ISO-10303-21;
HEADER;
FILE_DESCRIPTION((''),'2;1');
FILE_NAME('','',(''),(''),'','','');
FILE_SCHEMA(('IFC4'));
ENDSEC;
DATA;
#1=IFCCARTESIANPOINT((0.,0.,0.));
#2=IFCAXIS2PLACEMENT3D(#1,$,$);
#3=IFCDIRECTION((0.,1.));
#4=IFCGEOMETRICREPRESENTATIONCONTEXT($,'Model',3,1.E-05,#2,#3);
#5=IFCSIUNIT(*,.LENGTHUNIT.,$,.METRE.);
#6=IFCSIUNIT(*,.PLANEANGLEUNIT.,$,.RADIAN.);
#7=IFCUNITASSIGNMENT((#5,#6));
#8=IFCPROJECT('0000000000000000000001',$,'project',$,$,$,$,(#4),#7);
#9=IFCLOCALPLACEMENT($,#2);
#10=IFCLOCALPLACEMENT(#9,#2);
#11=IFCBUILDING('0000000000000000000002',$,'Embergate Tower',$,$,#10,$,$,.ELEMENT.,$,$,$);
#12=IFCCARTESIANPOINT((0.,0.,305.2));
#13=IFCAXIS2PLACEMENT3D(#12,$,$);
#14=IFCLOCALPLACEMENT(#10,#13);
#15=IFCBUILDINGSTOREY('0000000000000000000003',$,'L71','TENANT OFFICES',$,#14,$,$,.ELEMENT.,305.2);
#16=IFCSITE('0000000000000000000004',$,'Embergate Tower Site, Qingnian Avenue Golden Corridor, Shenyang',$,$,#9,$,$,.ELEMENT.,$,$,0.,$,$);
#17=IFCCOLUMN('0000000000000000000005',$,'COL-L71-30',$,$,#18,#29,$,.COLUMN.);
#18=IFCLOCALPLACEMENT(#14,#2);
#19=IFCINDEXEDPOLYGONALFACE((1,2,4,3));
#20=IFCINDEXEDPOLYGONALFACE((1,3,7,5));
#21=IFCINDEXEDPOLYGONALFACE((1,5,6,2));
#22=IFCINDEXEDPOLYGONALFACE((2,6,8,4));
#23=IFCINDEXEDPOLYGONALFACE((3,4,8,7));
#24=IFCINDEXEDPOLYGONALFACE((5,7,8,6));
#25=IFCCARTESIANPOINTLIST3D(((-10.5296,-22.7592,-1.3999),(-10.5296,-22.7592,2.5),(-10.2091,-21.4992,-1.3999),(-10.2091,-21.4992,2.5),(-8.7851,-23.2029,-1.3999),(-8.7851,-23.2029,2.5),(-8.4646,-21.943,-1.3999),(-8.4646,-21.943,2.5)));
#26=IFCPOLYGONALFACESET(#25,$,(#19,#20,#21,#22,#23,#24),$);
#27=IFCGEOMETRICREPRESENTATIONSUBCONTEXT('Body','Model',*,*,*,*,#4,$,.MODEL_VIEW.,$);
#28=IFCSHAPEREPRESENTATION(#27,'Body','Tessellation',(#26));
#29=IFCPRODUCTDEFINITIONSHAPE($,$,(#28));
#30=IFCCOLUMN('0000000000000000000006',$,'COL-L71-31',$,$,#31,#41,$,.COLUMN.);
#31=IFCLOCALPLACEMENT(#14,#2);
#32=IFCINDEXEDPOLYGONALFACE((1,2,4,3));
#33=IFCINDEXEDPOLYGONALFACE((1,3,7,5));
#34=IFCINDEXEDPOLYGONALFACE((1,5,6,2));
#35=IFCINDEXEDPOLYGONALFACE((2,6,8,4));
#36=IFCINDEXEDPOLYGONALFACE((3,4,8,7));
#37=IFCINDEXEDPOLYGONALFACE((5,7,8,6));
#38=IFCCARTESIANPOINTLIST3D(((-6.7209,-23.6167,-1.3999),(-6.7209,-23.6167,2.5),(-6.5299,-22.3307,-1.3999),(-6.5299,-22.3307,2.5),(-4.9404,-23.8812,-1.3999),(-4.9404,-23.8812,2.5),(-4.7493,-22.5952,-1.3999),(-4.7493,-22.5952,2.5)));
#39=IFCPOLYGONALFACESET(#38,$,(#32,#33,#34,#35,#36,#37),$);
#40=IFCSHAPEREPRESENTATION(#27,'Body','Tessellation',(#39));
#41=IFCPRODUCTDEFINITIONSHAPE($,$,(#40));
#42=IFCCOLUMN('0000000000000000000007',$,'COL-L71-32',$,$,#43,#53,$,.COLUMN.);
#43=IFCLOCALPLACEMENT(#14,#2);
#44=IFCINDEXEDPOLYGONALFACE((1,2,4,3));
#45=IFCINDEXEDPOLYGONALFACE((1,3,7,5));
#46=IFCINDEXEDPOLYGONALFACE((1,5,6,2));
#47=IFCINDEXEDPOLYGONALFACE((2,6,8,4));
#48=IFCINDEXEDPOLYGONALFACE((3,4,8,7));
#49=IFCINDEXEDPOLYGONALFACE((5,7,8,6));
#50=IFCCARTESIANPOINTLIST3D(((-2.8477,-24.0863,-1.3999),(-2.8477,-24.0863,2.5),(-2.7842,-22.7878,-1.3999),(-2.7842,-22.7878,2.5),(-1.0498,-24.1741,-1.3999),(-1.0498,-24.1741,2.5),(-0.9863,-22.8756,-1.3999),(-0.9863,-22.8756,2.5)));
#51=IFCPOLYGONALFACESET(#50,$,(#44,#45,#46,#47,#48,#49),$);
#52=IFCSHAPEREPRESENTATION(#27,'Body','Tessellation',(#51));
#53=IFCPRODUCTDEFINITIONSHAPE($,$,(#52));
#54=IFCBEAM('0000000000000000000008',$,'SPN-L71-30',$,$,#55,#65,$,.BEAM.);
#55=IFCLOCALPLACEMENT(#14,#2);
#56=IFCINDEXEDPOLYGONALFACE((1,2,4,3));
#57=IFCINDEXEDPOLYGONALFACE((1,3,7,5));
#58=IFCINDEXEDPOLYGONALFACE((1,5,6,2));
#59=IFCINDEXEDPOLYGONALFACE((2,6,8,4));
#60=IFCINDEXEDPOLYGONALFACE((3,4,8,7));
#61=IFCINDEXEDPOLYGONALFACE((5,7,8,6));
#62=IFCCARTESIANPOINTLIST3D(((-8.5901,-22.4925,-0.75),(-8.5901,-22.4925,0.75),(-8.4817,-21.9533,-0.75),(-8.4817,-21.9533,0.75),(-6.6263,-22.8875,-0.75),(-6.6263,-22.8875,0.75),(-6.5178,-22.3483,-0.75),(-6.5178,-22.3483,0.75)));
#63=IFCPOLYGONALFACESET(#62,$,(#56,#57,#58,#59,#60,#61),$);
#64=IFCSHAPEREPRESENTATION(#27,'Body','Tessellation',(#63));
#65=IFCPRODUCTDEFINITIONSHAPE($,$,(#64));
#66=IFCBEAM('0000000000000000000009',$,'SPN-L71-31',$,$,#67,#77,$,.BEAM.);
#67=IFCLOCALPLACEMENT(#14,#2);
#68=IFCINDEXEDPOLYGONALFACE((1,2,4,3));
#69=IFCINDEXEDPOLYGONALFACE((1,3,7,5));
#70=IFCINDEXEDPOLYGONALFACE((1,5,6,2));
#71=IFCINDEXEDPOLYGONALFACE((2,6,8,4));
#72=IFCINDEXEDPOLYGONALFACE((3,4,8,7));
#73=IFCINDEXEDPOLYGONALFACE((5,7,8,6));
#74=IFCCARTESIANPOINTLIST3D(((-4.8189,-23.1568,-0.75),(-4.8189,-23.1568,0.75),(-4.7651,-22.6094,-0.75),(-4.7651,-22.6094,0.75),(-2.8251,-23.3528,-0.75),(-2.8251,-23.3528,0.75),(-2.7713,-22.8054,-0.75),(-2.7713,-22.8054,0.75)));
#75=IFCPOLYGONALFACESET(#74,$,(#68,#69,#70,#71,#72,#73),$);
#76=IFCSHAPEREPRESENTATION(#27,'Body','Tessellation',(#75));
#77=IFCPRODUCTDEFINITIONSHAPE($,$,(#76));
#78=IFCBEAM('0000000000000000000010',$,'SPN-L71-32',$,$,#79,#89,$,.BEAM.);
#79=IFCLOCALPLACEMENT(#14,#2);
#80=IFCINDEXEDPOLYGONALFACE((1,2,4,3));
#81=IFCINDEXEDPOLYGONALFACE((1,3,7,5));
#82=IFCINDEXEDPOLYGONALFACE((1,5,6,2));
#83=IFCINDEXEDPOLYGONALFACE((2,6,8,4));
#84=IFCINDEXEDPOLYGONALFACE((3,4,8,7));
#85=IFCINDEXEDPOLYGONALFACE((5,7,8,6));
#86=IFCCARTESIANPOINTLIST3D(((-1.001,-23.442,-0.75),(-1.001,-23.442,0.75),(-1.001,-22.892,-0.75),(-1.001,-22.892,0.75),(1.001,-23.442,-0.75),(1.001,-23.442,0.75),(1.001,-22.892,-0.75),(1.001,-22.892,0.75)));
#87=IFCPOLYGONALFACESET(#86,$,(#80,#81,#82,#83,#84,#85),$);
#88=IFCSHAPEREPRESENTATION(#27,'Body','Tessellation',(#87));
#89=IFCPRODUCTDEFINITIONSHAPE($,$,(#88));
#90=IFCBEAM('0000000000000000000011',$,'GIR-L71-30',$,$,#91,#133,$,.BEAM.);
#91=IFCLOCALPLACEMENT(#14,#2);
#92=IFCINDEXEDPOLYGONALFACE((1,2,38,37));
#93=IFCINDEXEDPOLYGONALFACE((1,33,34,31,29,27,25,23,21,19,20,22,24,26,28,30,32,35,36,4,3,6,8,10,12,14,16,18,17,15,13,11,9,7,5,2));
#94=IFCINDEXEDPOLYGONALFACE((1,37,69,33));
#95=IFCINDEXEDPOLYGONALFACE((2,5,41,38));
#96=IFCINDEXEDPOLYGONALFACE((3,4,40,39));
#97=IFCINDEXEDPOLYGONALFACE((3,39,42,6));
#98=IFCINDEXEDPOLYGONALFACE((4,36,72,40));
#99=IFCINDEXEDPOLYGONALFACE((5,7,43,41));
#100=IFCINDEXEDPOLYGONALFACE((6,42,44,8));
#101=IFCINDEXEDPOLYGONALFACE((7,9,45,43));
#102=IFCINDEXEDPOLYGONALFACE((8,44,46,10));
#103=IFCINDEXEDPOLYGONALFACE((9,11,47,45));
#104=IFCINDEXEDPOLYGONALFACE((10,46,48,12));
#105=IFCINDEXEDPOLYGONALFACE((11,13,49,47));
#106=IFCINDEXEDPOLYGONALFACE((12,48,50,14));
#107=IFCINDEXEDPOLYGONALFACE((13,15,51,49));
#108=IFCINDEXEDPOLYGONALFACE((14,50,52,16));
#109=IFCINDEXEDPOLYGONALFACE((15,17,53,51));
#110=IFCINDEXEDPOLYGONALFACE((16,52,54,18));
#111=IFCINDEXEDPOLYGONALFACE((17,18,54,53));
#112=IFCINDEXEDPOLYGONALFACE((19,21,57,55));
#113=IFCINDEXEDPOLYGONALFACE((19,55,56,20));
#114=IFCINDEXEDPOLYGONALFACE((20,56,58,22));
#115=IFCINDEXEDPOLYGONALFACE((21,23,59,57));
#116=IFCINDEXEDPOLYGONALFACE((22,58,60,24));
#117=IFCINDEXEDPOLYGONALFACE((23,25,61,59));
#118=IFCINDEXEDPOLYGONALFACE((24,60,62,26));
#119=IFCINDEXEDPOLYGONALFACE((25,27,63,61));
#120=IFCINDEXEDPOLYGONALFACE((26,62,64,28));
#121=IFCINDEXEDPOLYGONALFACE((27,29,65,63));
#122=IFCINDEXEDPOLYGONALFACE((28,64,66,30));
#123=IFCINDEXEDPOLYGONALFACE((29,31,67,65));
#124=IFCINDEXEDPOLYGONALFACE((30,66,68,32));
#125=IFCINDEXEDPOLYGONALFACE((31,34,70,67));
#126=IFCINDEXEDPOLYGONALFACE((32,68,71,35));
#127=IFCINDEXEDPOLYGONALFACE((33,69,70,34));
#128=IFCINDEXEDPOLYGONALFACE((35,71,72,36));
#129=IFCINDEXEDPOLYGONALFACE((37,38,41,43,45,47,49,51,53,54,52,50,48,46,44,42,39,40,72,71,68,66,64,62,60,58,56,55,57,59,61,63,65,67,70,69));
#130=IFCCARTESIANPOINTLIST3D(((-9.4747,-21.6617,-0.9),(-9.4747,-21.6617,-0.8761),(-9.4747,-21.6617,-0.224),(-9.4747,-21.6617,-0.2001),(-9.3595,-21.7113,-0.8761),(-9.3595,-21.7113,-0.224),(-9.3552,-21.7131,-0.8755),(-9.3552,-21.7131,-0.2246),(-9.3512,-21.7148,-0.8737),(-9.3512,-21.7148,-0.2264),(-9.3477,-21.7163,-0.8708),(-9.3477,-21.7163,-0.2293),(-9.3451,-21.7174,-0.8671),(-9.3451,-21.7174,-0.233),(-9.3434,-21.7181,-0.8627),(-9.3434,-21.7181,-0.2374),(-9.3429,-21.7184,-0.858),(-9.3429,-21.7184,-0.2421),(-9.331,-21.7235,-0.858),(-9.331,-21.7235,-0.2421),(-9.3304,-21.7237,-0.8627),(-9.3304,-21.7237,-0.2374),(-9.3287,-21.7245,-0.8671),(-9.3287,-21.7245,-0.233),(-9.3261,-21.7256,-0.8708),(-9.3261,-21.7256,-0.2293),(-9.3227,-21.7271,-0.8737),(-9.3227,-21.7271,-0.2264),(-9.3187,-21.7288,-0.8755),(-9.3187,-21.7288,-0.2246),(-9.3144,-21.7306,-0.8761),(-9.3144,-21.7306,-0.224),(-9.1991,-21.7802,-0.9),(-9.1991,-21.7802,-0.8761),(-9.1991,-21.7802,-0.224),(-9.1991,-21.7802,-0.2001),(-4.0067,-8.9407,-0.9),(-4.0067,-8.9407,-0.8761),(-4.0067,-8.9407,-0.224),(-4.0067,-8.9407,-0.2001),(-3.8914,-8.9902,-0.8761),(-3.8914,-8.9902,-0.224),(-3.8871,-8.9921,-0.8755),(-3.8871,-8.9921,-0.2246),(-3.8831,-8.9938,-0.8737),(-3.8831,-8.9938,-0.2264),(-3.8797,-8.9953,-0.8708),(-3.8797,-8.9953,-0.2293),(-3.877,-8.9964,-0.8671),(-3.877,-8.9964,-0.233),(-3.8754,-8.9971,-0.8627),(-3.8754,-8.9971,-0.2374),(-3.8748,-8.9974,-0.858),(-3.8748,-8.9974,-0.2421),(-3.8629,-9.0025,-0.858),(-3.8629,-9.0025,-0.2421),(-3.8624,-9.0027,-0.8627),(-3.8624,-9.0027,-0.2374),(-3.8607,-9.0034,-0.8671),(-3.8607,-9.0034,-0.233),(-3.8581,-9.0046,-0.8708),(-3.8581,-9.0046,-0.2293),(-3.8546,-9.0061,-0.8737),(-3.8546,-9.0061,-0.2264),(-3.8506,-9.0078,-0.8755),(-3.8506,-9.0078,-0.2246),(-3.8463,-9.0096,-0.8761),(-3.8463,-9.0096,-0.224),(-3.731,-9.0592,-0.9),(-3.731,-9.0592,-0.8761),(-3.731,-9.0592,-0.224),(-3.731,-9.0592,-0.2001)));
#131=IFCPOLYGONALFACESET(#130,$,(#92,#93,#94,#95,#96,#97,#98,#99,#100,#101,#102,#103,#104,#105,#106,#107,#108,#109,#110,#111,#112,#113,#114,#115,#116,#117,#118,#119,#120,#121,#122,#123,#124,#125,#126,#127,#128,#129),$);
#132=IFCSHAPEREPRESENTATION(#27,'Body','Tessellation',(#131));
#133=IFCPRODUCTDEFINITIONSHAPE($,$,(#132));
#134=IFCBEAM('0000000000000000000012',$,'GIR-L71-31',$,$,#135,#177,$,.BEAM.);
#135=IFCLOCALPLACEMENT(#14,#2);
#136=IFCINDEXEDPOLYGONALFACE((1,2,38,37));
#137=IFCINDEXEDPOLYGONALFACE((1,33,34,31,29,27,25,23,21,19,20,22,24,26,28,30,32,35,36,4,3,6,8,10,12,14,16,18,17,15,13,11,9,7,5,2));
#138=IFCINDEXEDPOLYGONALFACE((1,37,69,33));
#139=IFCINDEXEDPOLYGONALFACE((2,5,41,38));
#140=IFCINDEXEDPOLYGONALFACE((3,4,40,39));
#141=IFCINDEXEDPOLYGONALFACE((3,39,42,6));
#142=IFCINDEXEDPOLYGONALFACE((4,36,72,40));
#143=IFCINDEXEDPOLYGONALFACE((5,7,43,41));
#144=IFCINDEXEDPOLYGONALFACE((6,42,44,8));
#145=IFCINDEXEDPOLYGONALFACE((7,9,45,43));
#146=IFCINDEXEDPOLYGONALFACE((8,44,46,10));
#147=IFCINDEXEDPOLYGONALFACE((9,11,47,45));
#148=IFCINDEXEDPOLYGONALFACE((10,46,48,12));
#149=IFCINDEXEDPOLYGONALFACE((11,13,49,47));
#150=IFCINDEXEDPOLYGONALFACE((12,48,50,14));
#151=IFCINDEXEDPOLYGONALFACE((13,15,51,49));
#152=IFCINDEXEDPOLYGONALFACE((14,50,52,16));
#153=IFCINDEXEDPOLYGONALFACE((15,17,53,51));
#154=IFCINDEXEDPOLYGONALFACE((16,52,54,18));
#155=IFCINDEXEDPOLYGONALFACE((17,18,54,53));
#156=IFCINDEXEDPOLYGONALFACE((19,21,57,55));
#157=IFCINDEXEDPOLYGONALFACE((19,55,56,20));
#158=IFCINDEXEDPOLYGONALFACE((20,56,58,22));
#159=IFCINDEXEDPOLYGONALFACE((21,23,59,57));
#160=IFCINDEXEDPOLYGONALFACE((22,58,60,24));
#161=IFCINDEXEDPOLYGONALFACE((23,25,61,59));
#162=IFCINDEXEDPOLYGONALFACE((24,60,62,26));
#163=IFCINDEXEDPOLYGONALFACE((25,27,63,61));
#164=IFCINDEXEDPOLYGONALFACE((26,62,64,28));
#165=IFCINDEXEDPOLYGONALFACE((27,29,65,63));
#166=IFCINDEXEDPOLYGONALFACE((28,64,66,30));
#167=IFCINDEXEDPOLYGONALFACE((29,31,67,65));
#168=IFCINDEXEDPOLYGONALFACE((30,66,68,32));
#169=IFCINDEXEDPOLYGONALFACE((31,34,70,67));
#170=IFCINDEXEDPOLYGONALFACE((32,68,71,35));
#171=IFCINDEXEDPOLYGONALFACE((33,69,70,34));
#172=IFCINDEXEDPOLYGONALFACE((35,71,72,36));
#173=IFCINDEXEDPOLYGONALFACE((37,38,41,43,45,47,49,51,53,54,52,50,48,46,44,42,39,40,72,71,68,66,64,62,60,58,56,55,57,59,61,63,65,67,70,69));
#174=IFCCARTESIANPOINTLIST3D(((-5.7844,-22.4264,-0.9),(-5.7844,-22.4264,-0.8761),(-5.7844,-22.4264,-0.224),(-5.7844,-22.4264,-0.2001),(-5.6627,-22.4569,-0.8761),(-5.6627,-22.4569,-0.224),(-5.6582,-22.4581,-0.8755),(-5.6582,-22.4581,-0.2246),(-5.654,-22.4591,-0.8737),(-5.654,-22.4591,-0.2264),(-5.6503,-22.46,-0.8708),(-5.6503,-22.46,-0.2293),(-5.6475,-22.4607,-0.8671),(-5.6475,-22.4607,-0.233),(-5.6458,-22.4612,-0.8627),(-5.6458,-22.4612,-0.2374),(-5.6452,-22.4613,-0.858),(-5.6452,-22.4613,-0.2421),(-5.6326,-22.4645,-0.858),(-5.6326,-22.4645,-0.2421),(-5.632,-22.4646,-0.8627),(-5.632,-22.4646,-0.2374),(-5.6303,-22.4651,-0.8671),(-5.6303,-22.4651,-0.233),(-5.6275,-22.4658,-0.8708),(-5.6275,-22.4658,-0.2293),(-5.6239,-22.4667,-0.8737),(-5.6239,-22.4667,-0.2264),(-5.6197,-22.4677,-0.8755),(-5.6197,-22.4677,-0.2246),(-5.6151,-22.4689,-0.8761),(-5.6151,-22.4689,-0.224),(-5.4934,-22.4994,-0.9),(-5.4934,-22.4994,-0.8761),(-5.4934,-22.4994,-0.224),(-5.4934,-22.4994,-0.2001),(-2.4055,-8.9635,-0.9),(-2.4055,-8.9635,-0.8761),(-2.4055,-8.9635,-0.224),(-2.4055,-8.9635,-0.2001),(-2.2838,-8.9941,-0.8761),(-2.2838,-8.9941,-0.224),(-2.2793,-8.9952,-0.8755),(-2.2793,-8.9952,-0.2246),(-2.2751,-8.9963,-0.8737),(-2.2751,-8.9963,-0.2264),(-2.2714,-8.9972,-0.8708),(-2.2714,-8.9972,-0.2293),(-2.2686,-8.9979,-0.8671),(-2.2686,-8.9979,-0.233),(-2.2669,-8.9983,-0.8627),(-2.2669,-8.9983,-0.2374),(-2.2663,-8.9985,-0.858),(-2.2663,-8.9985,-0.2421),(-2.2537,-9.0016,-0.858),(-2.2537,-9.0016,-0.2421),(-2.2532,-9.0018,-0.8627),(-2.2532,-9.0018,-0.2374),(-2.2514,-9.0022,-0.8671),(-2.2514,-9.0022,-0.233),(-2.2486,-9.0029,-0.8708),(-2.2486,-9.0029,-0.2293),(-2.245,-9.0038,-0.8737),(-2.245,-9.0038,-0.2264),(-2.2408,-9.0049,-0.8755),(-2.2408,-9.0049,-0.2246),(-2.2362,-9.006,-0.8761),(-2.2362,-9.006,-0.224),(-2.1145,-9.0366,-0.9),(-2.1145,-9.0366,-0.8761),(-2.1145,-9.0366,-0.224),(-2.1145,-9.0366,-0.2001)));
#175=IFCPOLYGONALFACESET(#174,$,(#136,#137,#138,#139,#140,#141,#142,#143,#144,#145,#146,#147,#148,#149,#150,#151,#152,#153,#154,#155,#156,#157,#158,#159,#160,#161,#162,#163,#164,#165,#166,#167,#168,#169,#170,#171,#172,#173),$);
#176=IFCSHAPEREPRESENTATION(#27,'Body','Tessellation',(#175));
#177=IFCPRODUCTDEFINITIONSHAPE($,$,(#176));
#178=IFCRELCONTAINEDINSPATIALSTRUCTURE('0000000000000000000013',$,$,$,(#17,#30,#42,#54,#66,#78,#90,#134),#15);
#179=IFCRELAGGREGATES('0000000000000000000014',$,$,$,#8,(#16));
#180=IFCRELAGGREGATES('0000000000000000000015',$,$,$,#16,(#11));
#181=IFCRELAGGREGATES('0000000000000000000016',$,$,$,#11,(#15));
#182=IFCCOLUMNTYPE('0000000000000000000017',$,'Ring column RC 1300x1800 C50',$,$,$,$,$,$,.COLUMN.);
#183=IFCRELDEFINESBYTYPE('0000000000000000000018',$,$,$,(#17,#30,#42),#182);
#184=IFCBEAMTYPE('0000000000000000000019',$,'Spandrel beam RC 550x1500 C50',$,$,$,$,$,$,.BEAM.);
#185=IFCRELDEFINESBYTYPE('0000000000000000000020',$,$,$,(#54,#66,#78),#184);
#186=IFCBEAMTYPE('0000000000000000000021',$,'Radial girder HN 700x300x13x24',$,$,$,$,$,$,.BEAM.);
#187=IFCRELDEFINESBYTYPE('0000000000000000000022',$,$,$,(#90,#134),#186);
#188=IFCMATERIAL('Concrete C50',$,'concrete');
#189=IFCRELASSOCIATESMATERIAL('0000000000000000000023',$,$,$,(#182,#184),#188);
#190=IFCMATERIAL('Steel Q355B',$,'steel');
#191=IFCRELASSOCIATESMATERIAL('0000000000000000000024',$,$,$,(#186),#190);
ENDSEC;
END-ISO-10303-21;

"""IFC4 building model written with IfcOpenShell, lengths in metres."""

from ifc_helpers import new_model, si_unit, direction, frame, origin, origin_2d, place, context, subcontext, project, spatial, rectangle, i_section, extrude, source, transform, mapped, material, material_profile, profile_set, type_object, element, save


model = new_model("IFC4")

# Units and contexts
model_context = context("Model", 3, precision=1e-05, world=origin(), true_north=direction((0.0, 1.0)))
body_context = subcontext(model_context, "Body", "Model", "MODEL_VIEW")
ifc_project = project(units=[si_unit("LENGTHUNIT", "METRE"), si_unit("PLANEANGLEUNIT", "RADIAN")], contexts=[model_context])

# Site, building, storey
site_placement = place(None, origin())
site = spatial("IfcSite", under=ifc_project, at=site_placement, Name="Embergate Tower Site, Qingnian Avenue Golden Corridor, Shenyang", CompositionType="ELEMENT", RefElevation=0.0)
building_placement = place(site_placement, origin())
building = spatial("IfcBuilding", under=site, at=building_placement, Name="Embergate Tower", CompositionType="ELEMENT")
storey_placement = place(building_placement, frame((0.0, 0.0, 305.2)))
storey = spatial("IfcBuildingStorey", under=building, at=storey_placement, Name="L71", Description="TENANT OFFICES", CompositionType="ELEMENT", Elevation=305.2)

# Columns
ifc_material_1 = material(Name="Concrete C50", Category="concrete")
ifc_material_profile_1 = material_profile(ifc_material_1, rectangle(XDim=1.3, YDim=1.8, at=origin_2d()), Name="RC 1300x1800")
ifc_profile_set_1 = profile_set([ifc_material_profile_1], Name="Concrete C50")
column_type = type_object("IfcColumnType", Name="Ring column RC 1300x1800 C50", PredefinedType="COLUMN", material=ifc_profile_set_1)
shared_shape_1 = source(origin(), body_context, "Body", "SweptSolid", [
    extrude(rectangle(XDim=1.3, YDim=1.8, at=origin_2d()), origin(), (0.0, 0.0, 1.0), 3.8999),
])
for number, where, z_axis, x_axis, name in (
    (1, (-9.4971, -22.3511, -1.3999), (0.0, 0.0, 1.0), (-0.246509, -0.969141, 0.0), "COL-L71-30"),
    (2, (-5.7351, -23.106, -1.3999), (0.0, 0.0, 1.0), (-0.146929, -0.989147, 0.0), "COL-L71-31"),
    (3, (-1.917, -23.481, -1.3999), (0.0, 0.0, 1.0), (-0.048815, -0.998808, 0.0), "COL-L71-32"),
):
    element("IfcColumn", number, at=place(storey_placement, frame(where, z_axis=z_axis, x_axis=x_axis)), inside=storey, type_object=column_type, Name=name, PredefinedType="COLUMN", context=body_context, shape_type="MappedRepresentation", body=[
        mapped(shared_shape_1, transform((0.0, 0.0, 0.0))),
    ])

# Beams
ifc_material_profile_2 = material_profile(ifc_material_1, rectangle(XDim=0.55, YDim=1.5, at=origin_2d()), Name="RC 550x1500")
ifc_profile_set_2 = profile_set([ifc_material_profile_2], Name="Concrete C50")
beam_type_1 = type_object("IfcBeamType", Name="Spandrel beam RC 550x1500 C50", PredefinedType="BEAM", material=ifc_profile_set_2)
shared_shape_2 = source(origin(), body_context, "Body", "SweptSolid", [
    extrude(rectangle(XDim=0.55, YDim=1.5, at=origin_2d()), origin(), (0.0, 0.0, 1.0), 2.0032),
])
beam_1_placement = place(storey_placement, frame((-8.5359, -22.2229, 0.0), z_axis=(0.980364, -0.197194, 0.0), x_axis=(0.197194, 0.980364, 0.0)))
element("IfcBeam", 4, at=beam_1_placement, inside=storey, type_object=beam_type_1, Name="SPN-L71-30", PredefinedType="BEAM", context=body_context, shape_type="MappedRepresentation", body=[
    mapped(shared_shape_2, transform((0.0, 0.0, 0.0))),
])
shared_shape_3 = source(origin(), body_context, "Body", "SweptSolid", [
    extrude(rectangle(XDim=0.55, YDim=1.5, at=origin_2d()), origin(), (0.0, 0.0, 1.0), 2.0034),
])
beam_2_placement = place(storey_placement, frame((-4.792, -22.8831, 0.0), z_axis=(0.995201, -0.097851, 0.0), x_axis=(0.097851, 0.995201, 0.0)))
element("IfcBeam", 5, at=beam_2_placement, inside=storey, type_object=beam_type_1, Name="SPN-L71-31", PredefinedType="BEAM", context=body_context, shape_type="MappedRepresentation", body=[
    mapped(shared_shape_3, transform((0.0, 0.0, 0.0))),
])
shared_shape_4 = source(origin(), body_context, "Body", "SweptSolid", [
    extrude(rectangle(XDim=0.55, YDim=1.5, at=origin_2d()), origin(), (0.0, 0.0, 1.0), 2.002),
])
beam_3_placement = place(storey_placement, frame((-1.001, -23.167, 0.0), z_axis=(1.0, 0.0, 0.0), x_axis=(0.0, 1.0, 0.0)))
element("IfcBeam", 6, at=beam_3_placement, inside=storey, type_object=beam_type_1, Name="SPN-L71-32", PredefinedType="BEAM", context=body_context, shape_type="MappedRepresentation", body=[
    mapped(shared_shape_4, transform((0.0, 0.0, 0.0))),
])
ifc_material_2 = material(Name="Steel Q355B", Category="steel")
ifc_material_profile_3 = material_profile(ifc_material_2, i_section(OverallWidth=0.3, OverallDepth=0.7, WebThickness=0.0129, FlangeThickness=0.0239, FilletRadius=0.0181, at=origin_2d()), Name="HN 700x300x13x24")
ifc_profile_set_3 = profile_set([ifc_material_profile_3], Name="Steel Q355 grade B")
beam_type_2 = type_object("IfcBeamType", Name="Radial girder HN 700x300x13x24", PredefinedType="BEAM", material=ifc_profile_set_3)
shared_shape_5 = source(origin(), body_context, "Body", "SweptSolid", [
    extrude(i_section(OverallWidth=0.3, OverallDepth=0.7, WebThickness=0.0129, FlangeThickness=0.0239, FilletRadius=0.0181, at=origin_2d()), origin(), (0.0, 0.0, 1.0), 13.8464),
])
beam_4_placement = place(storey_placement, frame((-9.3369, -21.7209, -0.55), z_axis=(0.394906, 0.918721, 0.0), x_axis=(-0.918721, 0.394906, 0.0)))
element("IfcBeam", 7, at=beam_4_placement, inside=storey, type_object=beam_type_2, Name="GIR-L71-30", PredefinedType="BEAM", context=body_context, shape_type="MappedRepresentation", body=[
    mapped(shared_shape_5, transform((0.0, 0.0, 0.0))),
])
shared_shape_6 = source(origin(), body_context, "Body", "SweptSolid", [
    extrude(i_section(OverallWidth=0.3, OverallDepth=0.7, WebThickness=0.0129, FlangeThickness=0.0239, FilletRadius=0.0181, at=origin_2d()), origin(), (0.0, 0.0, 1.0), 13.8804),
])
beam_5_placement = place(storey_placement, frame((-5.6389, -22.4629, -0.55), z_axis=(0.243429, 0.969919, 0.0), x_axis=(-0.969919, 0.243429, 0.0)))
element("IfcBeam", 8, at=beam_5_placement, inside=storey, type_object=beam_type_2, Name="GIR-L71-31", PredefinedType="BEAM", context=body_context, shape_type="MappedRepresentation", body=[
    mapped(shared_shape_6, transform((0.0, 0.0, 0.0))),
])

save(model, "model.ifc")
